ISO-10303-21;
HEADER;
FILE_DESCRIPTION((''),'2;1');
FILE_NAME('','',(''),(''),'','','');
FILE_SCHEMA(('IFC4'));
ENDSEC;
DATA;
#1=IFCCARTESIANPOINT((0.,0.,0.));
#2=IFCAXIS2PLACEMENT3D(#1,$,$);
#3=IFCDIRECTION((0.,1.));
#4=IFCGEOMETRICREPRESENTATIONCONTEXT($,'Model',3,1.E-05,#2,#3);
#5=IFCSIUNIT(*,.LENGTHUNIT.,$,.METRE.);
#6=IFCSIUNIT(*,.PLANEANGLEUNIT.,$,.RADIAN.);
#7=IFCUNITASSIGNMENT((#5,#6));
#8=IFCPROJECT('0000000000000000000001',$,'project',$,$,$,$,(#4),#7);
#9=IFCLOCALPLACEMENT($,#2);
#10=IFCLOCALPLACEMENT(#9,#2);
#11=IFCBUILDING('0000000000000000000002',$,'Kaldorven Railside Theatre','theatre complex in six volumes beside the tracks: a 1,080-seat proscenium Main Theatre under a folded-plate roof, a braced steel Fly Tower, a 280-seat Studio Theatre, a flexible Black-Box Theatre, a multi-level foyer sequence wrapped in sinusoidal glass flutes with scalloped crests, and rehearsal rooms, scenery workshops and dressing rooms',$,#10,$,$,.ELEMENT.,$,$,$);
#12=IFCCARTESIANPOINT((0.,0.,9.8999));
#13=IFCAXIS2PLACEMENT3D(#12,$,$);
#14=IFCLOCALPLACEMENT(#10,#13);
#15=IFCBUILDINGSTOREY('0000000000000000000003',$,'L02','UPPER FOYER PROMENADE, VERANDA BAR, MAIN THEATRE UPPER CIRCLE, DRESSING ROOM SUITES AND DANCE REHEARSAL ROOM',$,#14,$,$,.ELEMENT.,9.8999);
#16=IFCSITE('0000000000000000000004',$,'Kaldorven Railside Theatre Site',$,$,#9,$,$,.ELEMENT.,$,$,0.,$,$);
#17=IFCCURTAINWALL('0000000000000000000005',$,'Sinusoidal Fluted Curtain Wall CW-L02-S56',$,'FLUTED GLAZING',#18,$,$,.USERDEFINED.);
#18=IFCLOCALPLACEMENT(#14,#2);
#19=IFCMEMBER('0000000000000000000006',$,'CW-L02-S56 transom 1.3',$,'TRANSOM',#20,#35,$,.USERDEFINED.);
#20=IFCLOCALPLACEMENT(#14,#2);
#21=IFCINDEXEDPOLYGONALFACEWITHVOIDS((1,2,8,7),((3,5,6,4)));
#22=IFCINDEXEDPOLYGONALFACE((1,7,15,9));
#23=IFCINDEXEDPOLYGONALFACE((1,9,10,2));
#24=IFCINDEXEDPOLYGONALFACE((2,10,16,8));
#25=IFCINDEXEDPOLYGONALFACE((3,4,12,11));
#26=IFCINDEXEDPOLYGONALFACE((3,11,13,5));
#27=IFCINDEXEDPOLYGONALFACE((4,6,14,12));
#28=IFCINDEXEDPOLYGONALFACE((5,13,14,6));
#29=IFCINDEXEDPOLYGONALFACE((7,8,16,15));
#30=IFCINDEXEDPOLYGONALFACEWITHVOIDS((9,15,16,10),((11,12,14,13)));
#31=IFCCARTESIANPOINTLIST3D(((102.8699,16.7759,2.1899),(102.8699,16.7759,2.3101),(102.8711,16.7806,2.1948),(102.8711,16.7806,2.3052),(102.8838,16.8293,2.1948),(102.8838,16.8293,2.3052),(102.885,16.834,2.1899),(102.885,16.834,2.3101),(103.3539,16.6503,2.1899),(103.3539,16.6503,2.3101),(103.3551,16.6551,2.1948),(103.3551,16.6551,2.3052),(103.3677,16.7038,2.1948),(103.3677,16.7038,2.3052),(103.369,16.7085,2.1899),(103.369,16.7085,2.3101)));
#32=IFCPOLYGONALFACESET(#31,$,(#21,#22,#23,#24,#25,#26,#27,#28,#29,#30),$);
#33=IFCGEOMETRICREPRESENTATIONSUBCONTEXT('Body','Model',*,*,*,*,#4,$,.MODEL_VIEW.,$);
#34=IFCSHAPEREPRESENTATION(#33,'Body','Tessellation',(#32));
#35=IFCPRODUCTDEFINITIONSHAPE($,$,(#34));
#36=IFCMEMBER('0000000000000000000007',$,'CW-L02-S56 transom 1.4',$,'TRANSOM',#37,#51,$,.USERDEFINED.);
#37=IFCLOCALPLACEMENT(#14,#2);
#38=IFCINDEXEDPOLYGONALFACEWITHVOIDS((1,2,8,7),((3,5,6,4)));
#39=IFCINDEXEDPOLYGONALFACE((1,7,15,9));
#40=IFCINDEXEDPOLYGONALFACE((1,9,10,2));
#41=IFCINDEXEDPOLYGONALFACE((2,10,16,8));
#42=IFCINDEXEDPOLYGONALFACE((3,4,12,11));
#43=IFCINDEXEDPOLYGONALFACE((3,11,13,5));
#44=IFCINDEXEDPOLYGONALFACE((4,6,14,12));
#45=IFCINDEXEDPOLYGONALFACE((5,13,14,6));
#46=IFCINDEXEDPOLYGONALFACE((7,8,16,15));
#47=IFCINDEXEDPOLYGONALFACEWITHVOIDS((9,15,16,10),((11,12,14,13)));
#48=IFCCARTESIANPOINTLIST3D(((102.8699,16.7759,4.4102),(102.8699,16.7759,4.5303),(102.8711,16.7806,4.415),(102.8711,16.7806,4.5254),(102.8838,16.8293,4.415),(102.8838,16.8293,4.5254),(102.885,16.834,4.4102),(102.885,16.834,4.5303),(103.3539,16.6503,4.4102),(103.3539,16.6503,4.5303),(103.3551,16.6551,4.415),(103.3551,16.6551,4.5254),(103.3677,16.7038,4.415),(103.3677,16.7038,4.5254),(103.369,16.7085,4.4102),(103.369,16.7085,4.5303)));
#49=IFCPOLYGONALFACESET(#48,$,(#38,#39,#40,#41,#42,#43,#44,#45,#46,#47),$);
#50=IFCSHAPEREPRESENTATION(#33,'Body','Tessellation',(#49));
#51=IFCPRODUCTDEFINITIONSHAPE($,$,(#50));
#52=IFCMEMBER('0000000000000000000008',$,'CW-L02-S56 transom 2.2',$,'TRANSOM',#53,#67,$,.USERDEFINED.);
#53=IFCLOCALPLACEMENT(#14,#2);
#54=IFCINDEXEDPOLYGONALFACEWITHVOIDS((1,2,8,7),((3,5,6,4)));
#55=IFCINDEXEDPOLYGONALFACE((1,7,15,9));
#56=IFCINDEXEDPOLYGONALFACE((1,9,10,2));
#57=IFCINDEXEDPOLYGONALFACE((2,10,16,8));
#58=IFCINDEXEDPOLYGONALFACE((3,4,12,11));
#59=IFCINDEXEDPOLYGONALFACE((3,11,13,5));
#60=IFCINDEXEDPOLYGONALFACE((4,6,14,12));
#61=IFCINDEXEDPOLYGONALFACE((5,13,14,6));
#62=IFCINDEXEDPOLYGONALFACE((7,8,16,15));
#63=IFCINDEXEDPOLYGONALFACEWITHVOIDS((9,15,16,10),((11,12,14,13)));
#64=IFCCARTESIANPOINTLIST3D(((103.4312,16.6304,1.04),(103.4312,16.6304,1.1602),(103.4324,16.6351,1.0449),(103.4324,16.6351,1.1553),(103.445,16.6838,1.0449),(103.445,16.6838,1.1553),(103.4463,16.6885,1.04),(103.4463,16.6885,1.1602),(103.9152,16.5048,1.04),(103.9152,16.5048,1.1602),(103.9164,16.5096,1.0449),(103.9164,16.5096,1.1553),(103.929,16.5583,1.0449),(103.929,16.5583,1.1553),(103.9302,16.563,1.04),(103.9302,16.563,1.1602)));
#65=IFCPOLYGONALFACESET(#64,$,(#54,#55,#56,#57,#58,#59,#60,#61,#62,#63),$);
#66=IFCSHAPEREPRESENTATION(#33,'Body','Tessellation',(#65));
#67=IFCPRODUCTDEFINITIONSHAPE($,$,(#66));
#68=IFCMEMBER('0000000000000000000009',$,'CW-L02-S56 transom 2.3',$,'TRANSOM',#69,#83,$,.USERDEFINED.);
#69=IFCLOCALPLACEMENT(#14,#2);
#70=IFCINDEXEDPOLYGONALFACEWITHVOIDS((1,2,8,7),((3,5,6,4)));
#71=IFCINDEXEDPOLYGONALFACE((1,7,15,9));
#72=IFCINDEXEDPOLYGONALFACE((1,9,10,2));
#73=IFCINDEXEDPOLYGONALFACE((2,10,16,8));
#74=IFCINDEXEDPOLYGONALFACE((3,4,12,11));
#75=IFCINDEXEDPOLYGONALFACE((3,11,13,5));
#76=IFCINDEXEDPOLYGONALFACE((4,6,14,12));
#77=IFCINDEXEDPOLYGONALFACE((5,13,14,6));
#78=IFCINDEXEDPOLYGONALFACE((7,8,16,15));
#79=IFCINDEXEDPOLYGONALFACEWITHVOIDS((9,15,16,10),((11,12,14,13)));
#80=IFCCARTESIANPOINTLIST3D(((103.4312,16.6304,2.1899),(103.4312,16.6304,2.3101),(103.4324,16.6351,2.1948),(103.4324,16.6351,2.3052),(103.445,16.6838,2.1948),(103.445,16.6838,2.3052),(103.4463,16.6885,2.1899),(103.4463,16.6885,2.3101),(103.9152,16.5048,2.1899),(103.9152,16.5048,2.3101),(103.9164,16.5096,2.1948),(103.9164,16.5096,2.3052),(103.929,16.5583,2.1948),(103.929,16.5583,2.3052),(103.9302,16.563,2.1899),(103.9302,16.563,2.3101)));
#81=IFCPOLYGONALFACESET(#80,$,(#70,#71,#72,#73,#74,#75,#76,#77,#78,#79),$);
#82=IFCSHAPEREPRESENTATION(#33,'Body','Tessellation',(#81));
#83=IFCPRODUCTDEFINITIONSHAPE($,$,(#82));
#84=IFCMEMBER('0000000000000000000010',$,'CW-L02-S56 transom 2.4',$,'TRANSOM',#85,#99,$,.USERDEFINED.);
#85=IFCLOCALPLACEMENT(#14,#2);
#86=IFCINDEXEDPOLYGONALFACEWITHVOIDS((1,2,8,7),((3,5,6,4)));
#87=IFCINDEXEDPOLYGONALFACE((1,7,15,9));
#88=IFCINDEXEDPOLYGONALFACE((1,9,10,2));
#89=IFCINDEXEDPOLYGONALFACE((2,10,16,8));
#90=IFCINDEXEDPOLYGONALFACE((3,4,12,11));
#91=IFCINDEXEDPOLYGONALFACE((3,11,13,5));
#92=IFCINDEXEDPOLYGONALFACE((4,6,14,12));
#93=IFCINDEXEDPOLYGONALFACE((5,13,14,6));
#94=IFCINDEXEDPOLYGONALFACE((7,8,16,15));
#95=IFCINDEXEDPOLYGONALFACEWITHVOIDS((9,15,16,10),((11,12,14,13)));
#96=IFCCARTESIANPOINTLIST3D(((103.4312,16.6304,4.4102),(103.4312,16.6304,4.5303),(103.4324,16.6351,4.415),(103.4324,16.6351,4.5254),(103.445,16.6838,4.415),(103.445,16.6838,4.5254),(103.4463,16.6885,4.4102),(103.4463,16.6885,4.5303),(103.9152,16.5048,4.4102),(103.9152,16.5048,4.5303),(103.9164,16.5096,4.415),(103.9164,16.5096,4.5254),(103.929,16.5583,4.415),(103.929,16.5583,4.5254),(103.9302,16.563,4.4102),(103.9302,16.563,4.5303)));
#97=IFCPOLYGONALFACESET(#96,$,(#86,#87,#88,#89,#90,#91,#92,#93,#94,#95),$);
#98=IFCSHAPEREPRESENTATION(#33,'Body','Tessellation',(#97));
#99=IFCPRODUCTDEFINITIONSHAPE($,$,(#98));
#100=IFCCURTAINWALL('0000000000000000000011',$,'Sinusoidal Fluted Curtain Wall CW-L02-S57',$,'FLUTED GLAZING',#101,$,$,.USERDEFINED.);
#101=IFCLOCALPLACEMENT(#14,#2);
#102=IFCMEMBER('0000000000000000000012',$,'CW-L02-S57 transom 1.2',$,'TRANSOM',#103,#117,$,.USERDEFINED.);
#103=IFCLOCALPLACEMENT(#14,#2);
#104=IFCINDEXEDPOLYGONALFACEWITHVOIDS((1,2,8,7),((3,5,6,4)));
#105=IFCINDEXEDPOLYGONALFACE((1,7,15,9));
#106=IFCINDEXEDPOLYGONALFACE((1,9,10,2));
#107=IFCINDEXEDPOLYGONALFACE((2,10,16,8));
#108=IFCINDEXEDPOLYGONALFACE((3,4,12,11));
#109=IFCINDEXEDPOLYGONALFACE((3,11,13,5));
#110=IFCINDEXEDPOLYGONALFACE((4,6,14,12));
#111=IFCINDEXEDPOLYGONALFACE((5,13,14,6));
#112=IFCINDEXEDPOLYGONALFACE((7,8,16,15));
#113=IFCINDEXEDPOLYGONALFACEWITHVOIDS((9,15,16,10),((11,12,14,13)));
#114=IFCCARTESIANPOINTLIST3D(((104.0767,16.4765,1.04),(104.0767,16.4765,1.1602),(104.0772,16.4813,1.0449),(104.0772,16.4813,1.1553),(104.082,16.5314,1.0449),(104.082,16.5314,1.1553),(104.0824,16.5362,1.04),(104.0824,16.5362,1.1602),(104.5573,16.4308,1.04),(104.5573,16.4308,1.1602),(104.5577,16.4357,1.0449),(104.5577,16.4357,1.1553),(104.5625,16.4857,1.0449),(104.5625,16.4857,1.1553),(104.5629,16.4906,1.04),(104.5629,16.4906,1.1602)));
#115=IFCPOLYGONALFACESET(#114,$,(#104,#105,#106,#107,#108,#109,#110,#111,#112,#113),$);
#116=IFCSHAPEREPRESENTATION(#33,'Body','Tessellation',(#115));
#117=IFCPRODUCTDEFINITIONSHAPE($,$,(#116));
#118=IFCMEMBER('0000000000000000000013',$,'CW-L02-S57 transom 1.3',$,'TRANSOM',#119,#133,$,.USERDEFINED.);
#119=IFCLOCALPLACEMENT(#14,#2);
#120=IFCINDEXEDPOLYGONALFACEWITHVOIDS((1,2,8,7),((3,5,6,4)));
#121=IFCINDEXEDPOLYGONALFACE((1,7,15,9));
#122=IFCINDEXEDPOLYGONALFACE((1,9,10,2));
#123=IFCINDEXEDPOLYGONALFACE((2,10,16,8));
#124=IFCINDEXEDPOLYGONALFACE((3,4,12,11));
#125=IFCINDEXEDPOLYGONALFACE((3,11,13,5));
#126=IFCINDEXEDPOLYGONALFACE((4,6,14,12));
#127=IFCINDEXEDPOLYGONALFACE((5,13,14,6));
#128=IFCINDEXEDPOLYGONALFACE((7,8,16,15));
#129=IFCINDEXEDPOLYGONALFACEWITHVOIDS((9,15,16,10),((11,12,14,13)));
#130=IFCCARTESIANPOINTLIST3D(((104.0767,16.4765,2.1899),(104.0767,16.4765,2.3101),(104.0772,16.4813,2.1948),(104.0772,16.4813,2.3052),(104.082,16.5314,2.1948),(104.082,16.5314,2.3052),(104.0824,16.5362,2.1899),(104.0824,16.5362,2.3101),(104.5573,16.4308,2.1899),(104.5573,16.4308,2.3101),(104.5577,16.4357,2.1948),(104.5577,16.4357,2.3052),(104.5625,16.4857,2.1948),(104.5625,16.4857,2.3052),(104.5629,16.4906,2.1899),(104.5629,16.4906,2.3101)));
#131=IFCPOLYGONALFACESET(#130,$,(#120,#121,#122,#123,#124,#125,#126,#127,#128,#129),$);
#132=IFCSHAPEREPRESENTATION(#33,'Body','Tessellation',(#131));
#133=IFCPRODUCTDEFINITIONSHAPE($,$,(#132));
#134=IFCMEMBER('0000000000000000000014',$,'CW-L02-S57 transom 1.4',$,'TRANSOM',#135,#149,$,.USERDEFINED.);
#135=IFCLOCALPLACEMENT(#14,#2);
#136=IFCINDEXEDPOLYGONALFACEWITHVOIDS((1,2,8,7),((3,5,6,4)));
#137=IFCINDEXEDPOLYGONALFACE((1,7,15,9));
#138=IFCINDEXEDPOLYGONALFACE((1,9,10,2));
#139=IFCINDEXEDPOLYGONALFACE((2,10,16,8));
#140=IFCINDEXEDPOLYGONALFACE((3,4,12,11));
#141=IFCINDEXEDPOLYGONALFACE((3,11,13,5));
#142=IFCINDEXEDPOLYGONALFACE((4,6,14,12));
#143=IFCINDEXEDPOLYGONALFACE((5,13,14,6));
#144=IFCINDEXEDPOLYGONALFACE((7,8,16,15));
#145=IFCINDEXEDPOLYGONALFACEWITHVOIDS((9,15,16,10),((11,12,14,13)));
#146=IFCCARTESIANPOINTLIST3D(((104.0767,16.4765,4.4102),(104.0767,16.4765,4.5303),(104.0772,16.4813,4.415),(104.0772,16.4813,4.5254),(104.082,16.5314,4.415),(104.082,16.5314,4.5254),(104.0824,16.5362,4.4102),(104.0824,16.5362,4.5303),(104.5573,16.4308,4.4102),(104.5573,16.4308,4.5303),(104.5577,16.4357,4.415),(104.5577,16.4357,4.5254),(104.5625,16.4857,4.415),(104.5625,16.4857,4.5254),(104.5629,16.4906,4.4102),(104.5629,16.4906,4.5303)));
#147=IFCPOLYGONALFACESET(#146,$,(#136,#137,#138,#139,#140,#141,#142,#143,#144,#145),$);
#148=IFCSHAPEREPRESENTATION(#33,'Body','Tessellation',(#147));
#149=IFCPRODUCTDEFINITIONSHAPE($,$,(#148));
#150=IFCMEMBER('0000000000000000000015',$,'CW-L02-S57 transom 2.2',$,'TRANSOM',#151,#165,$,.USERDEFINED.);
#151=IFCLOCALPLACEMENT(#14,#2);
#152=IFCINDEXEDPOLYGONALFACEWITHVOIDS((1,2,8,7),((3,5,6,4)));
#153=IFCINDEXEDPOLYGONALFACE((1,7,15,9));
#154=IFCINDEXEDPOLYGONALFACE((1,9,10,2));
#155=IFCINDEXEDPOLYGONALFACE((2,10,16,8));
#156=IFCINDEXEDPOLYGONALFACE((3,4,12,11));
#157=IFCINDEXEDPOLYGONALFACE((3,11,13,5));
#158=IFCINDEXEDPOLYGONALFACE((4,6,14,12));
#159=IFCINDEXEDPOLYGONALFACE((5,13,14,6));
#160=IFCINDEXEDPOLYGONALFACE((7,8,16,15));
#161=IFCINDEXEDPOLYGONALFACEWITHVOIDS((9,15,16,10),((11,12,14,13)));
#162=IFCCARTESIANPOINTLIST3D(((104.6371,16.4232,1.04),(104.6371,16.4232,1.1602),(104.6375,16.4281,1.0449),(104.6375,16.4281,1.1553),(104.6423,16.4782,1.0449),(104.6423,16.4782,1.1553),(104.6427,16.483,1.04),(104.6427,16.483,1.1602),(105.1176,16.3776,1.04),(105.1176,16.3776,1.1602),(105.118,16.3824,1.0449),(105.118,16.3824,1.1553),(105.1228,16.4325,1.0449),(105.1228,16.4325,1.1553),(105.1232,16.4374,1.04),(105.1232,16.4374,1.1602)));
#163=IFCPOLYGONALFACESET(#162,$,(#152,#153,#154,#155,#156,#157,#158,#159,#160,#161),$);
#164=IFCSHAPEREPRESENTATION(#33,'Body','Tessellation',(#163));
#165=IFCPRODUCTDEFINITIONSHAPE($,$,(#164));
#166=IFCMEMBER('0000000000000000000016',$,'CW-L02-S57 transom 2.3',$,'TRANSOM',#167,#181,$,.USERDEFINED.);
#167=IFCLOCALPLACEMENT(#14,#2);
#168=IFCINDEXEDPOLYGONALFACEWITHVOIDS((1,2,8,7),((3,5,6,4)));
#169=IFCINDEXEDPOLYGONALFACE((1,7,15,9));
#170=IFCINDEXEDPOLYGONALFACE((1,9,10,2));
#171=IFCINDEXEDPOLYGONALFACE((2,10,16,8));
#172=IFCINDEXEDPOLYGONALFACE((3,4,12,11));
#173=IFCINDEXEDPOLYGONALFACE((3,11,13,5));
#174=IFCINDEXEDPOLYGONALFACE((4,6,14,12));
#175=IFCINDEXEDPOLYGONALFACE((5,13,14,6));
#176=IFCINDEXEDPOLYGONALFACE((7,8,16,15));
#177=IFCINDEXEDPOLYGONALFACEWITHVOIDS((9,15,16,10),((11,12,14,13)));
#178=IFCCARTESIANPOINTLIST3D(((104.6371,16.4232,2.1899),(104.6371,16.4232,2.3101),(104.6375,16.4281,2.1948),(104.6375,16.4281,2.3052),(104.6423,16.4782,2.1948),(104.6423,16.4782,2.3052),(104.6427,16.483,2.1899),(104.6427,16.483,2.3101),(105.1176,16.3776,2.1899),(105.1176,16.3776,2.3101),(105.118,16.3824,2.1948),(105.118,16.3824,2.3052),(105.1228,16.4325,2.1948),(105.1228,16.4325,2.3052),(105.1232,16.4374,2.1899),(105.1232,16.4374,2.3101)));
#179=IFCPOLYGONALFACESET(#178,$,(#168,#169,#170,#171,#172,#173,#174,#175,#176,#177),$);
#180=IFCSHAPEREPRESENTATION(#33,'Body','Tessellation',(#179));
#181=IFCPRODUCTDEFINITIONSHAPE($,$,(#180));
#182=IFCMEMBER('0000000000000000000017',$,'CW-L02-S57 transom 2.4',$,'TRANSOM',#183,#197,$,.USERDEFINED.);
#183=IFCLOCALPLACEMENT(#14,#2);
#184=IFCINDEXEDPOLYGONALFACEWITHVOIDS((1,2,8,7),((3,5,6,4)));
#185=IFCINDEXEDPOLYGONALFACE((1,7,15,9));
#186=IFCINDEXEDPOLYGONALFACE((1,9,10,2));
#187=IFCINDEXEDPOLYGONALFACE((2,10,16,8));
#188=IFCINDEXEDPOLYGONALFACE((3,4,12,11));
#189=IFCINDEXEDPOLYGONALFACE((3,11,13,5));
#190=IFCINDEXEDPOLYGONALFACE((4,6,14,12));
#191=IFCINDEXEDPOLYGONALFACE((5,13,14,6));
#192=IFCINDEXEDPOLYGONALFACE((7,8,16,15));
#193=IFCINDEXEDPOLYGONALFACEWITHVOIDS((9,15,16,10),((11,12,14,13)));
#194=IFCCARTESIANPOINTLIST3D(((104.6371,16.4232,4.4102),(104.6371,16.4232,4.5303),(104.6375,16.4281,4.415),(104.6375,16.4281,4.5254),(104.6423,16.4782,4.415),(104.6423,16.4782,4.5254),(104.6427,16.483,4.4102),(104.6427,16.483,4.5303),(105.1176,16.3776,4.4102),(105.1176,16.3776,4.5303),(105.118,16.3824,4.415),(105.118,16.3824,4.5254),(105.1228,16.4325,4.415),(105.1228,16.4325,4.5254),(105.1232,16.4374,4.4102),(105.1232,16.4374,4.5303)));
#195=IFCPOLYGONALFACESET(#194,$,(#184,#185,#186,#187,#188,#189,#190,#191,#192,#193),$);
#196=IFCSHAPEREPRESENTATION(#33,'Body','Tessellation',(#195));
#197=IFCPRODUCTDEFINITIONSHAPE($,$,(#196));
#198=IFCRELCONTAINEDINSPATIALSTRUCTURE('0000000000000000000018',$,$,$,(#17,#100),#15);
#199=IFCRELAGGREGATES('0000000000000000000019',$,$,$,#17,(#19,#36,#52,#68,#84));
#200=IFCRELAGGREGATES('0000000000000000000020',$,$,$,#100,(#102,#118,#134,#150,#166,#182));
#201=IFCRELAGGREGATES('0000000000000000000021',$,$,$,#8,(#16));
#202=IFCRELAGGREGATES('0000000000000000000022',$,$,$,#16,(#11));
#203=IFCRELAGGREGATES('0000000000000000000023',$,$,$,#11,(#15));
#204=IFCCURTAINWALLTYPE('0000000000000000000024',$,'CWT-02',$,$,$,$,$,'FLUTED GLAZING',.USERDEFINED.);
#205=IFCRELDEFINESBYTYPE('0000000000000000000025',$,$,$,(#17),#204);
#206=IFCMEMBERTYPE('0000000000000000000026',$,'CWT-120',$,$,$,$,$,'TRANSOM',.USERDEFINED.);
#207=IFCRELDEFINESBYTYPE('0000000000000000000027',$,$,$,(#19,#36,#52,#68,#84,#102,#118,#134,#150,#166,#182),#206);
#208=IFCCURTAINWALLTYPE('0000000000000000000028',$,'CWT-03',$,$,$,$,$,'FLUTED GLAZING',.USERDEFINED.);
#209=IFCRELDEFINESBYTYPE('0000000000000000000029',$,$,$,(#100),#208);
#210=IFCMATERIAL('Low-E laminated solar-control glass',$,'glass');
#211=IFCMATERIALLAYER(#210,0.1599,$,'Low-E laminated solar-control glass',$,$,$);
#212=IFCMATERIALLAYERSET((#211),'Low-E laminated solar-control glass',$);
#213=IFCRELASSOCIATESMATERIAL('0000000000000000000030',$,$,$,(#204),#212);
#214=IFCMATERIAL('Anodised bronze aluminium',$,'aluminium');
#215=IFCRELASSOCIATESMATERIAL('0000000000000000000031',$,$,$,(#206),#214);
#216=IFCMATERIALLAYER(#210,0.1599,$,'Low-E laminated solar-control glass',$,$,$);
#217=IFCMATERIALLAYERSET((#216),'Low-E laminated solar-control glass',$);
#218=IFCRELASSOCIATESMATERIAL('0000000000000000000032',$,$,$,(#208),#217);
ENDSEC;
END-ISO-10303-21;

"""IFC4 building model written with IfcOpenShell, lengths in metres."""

from ifc_helpers import new_model, si_unit, direction, frame, origin, origin_2d, place, context, subcontext, project, spatial, hollow_rectangle, extrude, material, layer, layer_set, material_profile, profile_set, type_object, element, aggregate, save


model = new_model("IFC4")

# Units and contexts
model_context = context("Model", 3, precision=1e-05, world=origin(), true_north=direction((0.0, 1.0)))
body_context = subcontext(model_context, "Body", "Model", "MODEL_VIEW")
ifc_project = project(units=[si_unit("LENGTHUNIT", "METRE"), si_unit("PLANEANGLEUNIT", "RADIAN")], contexts=[model_context])

# Site, building, storey
site_placement = place(None, origin())
site = spatial("IfcSite", under=ifc_project, at=site_placement, Name="Kaldorven Railside Theatre Site", CompositionType="ELEMENT", RefElevation=0.0)
building_placement = place(site_placement, origin())
building = spatial("IfcBuilding", under=site, at=building_placement, Name="Kaldorven Railside Theatre", Description="theatre complex in six volumes beside the tracks: a 1,080-seat proscenium Main Theatre under a folded-plate roof, a braced steel Fly Tower, a 280-seat Studio Theatre, a flexible Black-Box Theatre, a multi-level foyer sequence wrapped in sinusoidal glass flutes with scalloped crests, and rehearsal rooms, scenery workshops and dressing rooms", CompositionType="ELEMENT")
storey_placement = place(building_placement, frame((0.0, 0.0, 9.8999)))
storey = spatial("IfcBuildingStorey", under=building, at=storey_placement, Name="L02", Description="UPPER FOYER PROMENADE, VERANDA BAR, MAIN THEATRE UPPER CIRCLE, DRESSING ROOM SUITES AND DANCE REHEARSAL ROOM", CompositionType="ELEMENT", Elevation=9.8999)

# Curtain walls, members
ifc_material_1 = material(Name="Low-E laminated solar-control glass", Category="glass")
ifc_layer_1 = layer(ifc_material_1, 0.1599, Name="Low-E laminated solar-control glass")
ifc_layer_set_1 = layer_set([ifc_layer_1], Name="Low-E laminated solar-control glass")
curtain_wall_type_1 = type_object("IfcCurtainWallType", Name="CWT-02", ElementType="FLUTED GLAZING", PredefinedType="USERDEFINED", material=ifc_layer_set_1)
curtain_wall_1_placement = place(storey_placement, origin())
curtain_wall_1 = element("IfcCurtainWall", 1, at=curtain_wall_1_placement, inside=storey, type_object=curtain_wall_type_1, Name="Sinusoidal Fluted Curtain Wall CW-L02-S56", ObjectType="FLUTED GLAZING", PredefinedType="USERDEFINED")
ifc_material_2 = material(Name="Anodised bronze aluminium", Category="aluminium")
ifc_material_profile = material_profile(ifc_material_2, hollow_rectangle(XDim=0.0601, YDim=0.1201, WallThickness=0.0049, at=origin_2d()), Name="RHS 120x60x5")
ifc_profile_set = profile_set([ifc_material_profile], Name="Anodised bronze aluminium")
member_type = type_object("IfcMemberType", Name="CWT-120", ElementType="TRANSOM", PredefinedType="USERDEFINED", material=ifc_profile_set)
member_1_placement = place(storey_placement, frame((102.8774, 16.8049, 2.25), z_axis=(0.967979, -0.25103, 0.0), x_axis=(0.25103, 0.967979, 0.0)))
member_1 = element("IfcMember", 2, at=member_1_placement, type_object=member_type, Name="CW-L02-S56 transom 1.3", ObjectType="TRANSOM", PredefinedType="USERDEFINED", context=body_context, shape_type="SweptSolid", body=[
    extrude(hollow_rectangle(XDim=0.0601, YDim=0.1201, WallThickness=0.0049, at=origin_2d()), origin(), (0.0, 0.0, 1.0), 0.5),
])
member_2_placement = place(storey_placement, frame((102.8774, 16.8049, 4.4702), z_axis=(0.967979, -0.25103, 0.0), x_axis=(0.25103, 0.967979, 0.0)))
member_2 = element("IfcMember", 3, at=member_2_placement, type_object=member_type, Name="CW-L02-S56 transom 1.4", ObjectType="TRANSOM", PredefinedType="USERDEFINED", context=body_context, shape_type="SweptSolid", body=[
    extrude(hollow_rectangle(XDim=0.0601, YDim=0.1201, WallThickness=0.0049, at=origin_2d()), origin(), (0.0, 0.0, 1.0), 0.5),
])
member_3_placement = place(storey_placement, frame((103.4387, 16.6594, 1.1001), z_axis=(0.967979, -0.25103, 0.0), x_axis=(0.25103, 0.967979, 0.0)))
member_3 = element("IfcMember", 4, at=member_3_placement, type_object=member_type, Name="CW-L02-S56 transom 2.2", ObjectType="TRANSOM", PredefinedType="USERDEFINED", context=body_context, shape_type="SweptSolid", body=[
    extrude(hollow_rectangle(XDim=0.0601, YDim=0.1201, WallThickness=0.0049, at=origin_2d()), origin(), (0.0, 0.0, 1.0), 0.5),
])
member_4_placement = place(storey_placement, frame((103.4387, 16.6594, 2.25), z_axis=(0.967979, -0.25103, 0.0), x_axis=(0.25103, 0.967979, 0.0)))
member_4 = element("IfcMember", 5, at=member_4_placement, type_object=member_type, Name="CW-L02-S56 transom 2.3", ObjectType="TRANSOM", PredefinedType="USERDEFINED", context=body_context, shape_type="SweptSolid", body=[
    extrude(hollow_rectangle(XDim=0.0601, YDim=0.1201, WallThickness=0.0049, at=origin_2d()), origin(), (0.0, 0.0, 1.0), 0.5),
])
member_5_placement = place(storey_placement, frame((103.4387, 16.6594, 4.4702), z_axis=(0.967979, -0.25103, 0.0), x_axis=(0.25103, 0.967979, 0.0)))
member_5 = element("IfcMember", 6, at=member_5_placement, type_object=member_type, Name="CW-L02-S56 transom 2.4", ObjectType="TRANSOM", PredefinedType="USERDEFINED", context=body_context, shape_type="SweptSolid", body=[
    extrude(hollow_rectangle(XDim=0.0601, YDim=0.1201, WallThickness=0.0049, at=origin_2d()), origin(), (0.0, 0.0, 1.0), 0.5),
])
ifc_layer_2 = layer(ifc_material_1, 0.1599, Name="Low-E laminated solar-control glass")
ifc_layer_set_2 = layer_set([ifc_layer_2], Name="Low-E laminated solar-control glass")
curtain_wall_type_2 = type_object("IfcCurtainWallType", Name="CWT-03", ElementType="FLUTED GLAZING", PredefinedType="USERDEFINED", material=ifc_layer_set_2)
curtain_wall_2_placement = place(storey_placement, origin())
curtain_wall_2 = element("IfcCurtainWall", 7, at=curtain_wall_2_placement, inside=storey, type_object=curtain_wall_type_2, Name="Sinusoidal Fluted Curtain Wall CW-L02-S57", ObjectType="FLUTED GLAZING", PredefinedType="USERDEFINED")
member_6_placement = place(storey_placement, frame((104.0796, 16.5063, 1.1001), z_axis=(0.995516, -0.094594, 0.0), x_axis=(0.094594, 0.995516, 0.0)))
member_6 = element("IfcMember", 8, at=member_6_placement, type_object=member_type, Name="CW-L02-S57 transom 1.2", ObjectType="TRANSOM", PredefinedType="USERDEFINED", context=body_context, shape_type="SweptSolid", body=[
    extrude(hollow_rectangle(XDim=0.0601, YDim=0.1201, WallThickness=0.0049, at=origin_2d()), origin(), (0.0, 0.0, 1.0), 0.4827),
])
member_7_placement = place(storey_placement, frame((104.0796, 16.5063, 2.25), z_axis=(0.995516, -0.094594, 0.0), x_axis=(0.094594, 0.995516, 0.0)))
member_7 = element("IfcMember", 9, at=member_7_placement, type_object=member_type, Name="CW-L02-S57 transom 1.3", ObjectType="TRANSOM", PredefinedType="USERDEFINED", context=body_context, shape_type="SweptSolid", body=[
    extrude(hollow_rectangle(XDim=0.0601, YDim=0.1201, WallThickness=0.0049, at=origin_2d()), origin(), (0.0, 0.0, 1.0), 0.4827),
])
member_8_placement = place(storey_placement, frame((104.0796, 16.5063, 4.4702), z_axis=(0.995516, -0.094594, 0.0), x_axis=(0.094594, 0.995516, 0.0)))
member_8 = element("IfcMember", 10, at=member_8_placement, type_object=member_type, Name="CW-L02-S57 transom 1.4", ObjectType="TRANSOM", PredefinedType="USERDEFINED", context=body_context, shape_type="SweptSolid", body=[
    extrude(hollow_rectangle(XDim=0.0601, YDim=0.1201, WallThickness=0.0049, at=origin_2d()), origin(), (0.0, 0.0, 1.0), 0.4827),
])
member_9_placement = place(storey_placement, frame((104.6399, 16.4531, 1.1001), z_axis=(0.995516, -0.094594, 0.0), x_axis=(0.094594, 0.995516, 0.0)))
member_9 = element("IfcMember", 11, at=member_9_placement, type_object=member_type, Name="CW-L02-S57 transom 2.2", ObjectType="TRANSOM", PredefinedType="USERDEFINED", context=body_context, shape_type="SweptSolid", body=[
    extrude(hollow_rectangle(XDim=0.0601, YDim=0.1201, WallThickness=0.0049, at=origin_2d()), origin(), (0.0, 0.0, 1.0), 0.4827),
])
member_10_placement = place(storey_placement, frame((104.6399, 16.4531, 2.25), z_axis=(0.995516, -0.094594, 0.0), x_axis=(0.094594, 0.995516, 0.0)))
member_10 = element("IfcMember", 12, at=member_10_placement, type_object=member_type, Name="CW-L02-S57 transom 2.3", ObjectType="TRANSOM", PredefinedType="USERDEFINED", context=body_context, shape_type="SweptSolid", body=[
    extrude(hollow_rectangle(XDim=0.0601, YDim=0.1201, WallThickness=0.0049, at=origin_2d()), origin(), (0.0, 0.0, 1.0), 0.4827),
])
member_11_placement = place(storey_placement, frame((104.6399, 16.4531, 4.4702), z_axis=(0.995516, -0.094594, 0.0), x_axis=(0.094594, 0.995516, 0.0)))
member_11 = element("IfcMember", 13, at=member_11_placement, type_object=member_type, Name="CW-L02-S57 transom 2.4", ObjectType="TRANSOM", PredefinedType="USERDEFINED", context=body_context, shape_type="SweptSolid", body=[
    extrude(hollow_rectangle(XDim=0.0601, YDim=0.1201, WallThickness=0.0049, at=origin_2d()), origin(), (0.0, 0.0, 1.0), 0.4827),
])

aggregate(curtain_wall_1, [member_1, member_2, member_3, member_4, member_5])
aggregate(curtain_wall_2, [member_6, member_7, member_8, member_9, member_10, member_11])

save(model, "model.ifc")
